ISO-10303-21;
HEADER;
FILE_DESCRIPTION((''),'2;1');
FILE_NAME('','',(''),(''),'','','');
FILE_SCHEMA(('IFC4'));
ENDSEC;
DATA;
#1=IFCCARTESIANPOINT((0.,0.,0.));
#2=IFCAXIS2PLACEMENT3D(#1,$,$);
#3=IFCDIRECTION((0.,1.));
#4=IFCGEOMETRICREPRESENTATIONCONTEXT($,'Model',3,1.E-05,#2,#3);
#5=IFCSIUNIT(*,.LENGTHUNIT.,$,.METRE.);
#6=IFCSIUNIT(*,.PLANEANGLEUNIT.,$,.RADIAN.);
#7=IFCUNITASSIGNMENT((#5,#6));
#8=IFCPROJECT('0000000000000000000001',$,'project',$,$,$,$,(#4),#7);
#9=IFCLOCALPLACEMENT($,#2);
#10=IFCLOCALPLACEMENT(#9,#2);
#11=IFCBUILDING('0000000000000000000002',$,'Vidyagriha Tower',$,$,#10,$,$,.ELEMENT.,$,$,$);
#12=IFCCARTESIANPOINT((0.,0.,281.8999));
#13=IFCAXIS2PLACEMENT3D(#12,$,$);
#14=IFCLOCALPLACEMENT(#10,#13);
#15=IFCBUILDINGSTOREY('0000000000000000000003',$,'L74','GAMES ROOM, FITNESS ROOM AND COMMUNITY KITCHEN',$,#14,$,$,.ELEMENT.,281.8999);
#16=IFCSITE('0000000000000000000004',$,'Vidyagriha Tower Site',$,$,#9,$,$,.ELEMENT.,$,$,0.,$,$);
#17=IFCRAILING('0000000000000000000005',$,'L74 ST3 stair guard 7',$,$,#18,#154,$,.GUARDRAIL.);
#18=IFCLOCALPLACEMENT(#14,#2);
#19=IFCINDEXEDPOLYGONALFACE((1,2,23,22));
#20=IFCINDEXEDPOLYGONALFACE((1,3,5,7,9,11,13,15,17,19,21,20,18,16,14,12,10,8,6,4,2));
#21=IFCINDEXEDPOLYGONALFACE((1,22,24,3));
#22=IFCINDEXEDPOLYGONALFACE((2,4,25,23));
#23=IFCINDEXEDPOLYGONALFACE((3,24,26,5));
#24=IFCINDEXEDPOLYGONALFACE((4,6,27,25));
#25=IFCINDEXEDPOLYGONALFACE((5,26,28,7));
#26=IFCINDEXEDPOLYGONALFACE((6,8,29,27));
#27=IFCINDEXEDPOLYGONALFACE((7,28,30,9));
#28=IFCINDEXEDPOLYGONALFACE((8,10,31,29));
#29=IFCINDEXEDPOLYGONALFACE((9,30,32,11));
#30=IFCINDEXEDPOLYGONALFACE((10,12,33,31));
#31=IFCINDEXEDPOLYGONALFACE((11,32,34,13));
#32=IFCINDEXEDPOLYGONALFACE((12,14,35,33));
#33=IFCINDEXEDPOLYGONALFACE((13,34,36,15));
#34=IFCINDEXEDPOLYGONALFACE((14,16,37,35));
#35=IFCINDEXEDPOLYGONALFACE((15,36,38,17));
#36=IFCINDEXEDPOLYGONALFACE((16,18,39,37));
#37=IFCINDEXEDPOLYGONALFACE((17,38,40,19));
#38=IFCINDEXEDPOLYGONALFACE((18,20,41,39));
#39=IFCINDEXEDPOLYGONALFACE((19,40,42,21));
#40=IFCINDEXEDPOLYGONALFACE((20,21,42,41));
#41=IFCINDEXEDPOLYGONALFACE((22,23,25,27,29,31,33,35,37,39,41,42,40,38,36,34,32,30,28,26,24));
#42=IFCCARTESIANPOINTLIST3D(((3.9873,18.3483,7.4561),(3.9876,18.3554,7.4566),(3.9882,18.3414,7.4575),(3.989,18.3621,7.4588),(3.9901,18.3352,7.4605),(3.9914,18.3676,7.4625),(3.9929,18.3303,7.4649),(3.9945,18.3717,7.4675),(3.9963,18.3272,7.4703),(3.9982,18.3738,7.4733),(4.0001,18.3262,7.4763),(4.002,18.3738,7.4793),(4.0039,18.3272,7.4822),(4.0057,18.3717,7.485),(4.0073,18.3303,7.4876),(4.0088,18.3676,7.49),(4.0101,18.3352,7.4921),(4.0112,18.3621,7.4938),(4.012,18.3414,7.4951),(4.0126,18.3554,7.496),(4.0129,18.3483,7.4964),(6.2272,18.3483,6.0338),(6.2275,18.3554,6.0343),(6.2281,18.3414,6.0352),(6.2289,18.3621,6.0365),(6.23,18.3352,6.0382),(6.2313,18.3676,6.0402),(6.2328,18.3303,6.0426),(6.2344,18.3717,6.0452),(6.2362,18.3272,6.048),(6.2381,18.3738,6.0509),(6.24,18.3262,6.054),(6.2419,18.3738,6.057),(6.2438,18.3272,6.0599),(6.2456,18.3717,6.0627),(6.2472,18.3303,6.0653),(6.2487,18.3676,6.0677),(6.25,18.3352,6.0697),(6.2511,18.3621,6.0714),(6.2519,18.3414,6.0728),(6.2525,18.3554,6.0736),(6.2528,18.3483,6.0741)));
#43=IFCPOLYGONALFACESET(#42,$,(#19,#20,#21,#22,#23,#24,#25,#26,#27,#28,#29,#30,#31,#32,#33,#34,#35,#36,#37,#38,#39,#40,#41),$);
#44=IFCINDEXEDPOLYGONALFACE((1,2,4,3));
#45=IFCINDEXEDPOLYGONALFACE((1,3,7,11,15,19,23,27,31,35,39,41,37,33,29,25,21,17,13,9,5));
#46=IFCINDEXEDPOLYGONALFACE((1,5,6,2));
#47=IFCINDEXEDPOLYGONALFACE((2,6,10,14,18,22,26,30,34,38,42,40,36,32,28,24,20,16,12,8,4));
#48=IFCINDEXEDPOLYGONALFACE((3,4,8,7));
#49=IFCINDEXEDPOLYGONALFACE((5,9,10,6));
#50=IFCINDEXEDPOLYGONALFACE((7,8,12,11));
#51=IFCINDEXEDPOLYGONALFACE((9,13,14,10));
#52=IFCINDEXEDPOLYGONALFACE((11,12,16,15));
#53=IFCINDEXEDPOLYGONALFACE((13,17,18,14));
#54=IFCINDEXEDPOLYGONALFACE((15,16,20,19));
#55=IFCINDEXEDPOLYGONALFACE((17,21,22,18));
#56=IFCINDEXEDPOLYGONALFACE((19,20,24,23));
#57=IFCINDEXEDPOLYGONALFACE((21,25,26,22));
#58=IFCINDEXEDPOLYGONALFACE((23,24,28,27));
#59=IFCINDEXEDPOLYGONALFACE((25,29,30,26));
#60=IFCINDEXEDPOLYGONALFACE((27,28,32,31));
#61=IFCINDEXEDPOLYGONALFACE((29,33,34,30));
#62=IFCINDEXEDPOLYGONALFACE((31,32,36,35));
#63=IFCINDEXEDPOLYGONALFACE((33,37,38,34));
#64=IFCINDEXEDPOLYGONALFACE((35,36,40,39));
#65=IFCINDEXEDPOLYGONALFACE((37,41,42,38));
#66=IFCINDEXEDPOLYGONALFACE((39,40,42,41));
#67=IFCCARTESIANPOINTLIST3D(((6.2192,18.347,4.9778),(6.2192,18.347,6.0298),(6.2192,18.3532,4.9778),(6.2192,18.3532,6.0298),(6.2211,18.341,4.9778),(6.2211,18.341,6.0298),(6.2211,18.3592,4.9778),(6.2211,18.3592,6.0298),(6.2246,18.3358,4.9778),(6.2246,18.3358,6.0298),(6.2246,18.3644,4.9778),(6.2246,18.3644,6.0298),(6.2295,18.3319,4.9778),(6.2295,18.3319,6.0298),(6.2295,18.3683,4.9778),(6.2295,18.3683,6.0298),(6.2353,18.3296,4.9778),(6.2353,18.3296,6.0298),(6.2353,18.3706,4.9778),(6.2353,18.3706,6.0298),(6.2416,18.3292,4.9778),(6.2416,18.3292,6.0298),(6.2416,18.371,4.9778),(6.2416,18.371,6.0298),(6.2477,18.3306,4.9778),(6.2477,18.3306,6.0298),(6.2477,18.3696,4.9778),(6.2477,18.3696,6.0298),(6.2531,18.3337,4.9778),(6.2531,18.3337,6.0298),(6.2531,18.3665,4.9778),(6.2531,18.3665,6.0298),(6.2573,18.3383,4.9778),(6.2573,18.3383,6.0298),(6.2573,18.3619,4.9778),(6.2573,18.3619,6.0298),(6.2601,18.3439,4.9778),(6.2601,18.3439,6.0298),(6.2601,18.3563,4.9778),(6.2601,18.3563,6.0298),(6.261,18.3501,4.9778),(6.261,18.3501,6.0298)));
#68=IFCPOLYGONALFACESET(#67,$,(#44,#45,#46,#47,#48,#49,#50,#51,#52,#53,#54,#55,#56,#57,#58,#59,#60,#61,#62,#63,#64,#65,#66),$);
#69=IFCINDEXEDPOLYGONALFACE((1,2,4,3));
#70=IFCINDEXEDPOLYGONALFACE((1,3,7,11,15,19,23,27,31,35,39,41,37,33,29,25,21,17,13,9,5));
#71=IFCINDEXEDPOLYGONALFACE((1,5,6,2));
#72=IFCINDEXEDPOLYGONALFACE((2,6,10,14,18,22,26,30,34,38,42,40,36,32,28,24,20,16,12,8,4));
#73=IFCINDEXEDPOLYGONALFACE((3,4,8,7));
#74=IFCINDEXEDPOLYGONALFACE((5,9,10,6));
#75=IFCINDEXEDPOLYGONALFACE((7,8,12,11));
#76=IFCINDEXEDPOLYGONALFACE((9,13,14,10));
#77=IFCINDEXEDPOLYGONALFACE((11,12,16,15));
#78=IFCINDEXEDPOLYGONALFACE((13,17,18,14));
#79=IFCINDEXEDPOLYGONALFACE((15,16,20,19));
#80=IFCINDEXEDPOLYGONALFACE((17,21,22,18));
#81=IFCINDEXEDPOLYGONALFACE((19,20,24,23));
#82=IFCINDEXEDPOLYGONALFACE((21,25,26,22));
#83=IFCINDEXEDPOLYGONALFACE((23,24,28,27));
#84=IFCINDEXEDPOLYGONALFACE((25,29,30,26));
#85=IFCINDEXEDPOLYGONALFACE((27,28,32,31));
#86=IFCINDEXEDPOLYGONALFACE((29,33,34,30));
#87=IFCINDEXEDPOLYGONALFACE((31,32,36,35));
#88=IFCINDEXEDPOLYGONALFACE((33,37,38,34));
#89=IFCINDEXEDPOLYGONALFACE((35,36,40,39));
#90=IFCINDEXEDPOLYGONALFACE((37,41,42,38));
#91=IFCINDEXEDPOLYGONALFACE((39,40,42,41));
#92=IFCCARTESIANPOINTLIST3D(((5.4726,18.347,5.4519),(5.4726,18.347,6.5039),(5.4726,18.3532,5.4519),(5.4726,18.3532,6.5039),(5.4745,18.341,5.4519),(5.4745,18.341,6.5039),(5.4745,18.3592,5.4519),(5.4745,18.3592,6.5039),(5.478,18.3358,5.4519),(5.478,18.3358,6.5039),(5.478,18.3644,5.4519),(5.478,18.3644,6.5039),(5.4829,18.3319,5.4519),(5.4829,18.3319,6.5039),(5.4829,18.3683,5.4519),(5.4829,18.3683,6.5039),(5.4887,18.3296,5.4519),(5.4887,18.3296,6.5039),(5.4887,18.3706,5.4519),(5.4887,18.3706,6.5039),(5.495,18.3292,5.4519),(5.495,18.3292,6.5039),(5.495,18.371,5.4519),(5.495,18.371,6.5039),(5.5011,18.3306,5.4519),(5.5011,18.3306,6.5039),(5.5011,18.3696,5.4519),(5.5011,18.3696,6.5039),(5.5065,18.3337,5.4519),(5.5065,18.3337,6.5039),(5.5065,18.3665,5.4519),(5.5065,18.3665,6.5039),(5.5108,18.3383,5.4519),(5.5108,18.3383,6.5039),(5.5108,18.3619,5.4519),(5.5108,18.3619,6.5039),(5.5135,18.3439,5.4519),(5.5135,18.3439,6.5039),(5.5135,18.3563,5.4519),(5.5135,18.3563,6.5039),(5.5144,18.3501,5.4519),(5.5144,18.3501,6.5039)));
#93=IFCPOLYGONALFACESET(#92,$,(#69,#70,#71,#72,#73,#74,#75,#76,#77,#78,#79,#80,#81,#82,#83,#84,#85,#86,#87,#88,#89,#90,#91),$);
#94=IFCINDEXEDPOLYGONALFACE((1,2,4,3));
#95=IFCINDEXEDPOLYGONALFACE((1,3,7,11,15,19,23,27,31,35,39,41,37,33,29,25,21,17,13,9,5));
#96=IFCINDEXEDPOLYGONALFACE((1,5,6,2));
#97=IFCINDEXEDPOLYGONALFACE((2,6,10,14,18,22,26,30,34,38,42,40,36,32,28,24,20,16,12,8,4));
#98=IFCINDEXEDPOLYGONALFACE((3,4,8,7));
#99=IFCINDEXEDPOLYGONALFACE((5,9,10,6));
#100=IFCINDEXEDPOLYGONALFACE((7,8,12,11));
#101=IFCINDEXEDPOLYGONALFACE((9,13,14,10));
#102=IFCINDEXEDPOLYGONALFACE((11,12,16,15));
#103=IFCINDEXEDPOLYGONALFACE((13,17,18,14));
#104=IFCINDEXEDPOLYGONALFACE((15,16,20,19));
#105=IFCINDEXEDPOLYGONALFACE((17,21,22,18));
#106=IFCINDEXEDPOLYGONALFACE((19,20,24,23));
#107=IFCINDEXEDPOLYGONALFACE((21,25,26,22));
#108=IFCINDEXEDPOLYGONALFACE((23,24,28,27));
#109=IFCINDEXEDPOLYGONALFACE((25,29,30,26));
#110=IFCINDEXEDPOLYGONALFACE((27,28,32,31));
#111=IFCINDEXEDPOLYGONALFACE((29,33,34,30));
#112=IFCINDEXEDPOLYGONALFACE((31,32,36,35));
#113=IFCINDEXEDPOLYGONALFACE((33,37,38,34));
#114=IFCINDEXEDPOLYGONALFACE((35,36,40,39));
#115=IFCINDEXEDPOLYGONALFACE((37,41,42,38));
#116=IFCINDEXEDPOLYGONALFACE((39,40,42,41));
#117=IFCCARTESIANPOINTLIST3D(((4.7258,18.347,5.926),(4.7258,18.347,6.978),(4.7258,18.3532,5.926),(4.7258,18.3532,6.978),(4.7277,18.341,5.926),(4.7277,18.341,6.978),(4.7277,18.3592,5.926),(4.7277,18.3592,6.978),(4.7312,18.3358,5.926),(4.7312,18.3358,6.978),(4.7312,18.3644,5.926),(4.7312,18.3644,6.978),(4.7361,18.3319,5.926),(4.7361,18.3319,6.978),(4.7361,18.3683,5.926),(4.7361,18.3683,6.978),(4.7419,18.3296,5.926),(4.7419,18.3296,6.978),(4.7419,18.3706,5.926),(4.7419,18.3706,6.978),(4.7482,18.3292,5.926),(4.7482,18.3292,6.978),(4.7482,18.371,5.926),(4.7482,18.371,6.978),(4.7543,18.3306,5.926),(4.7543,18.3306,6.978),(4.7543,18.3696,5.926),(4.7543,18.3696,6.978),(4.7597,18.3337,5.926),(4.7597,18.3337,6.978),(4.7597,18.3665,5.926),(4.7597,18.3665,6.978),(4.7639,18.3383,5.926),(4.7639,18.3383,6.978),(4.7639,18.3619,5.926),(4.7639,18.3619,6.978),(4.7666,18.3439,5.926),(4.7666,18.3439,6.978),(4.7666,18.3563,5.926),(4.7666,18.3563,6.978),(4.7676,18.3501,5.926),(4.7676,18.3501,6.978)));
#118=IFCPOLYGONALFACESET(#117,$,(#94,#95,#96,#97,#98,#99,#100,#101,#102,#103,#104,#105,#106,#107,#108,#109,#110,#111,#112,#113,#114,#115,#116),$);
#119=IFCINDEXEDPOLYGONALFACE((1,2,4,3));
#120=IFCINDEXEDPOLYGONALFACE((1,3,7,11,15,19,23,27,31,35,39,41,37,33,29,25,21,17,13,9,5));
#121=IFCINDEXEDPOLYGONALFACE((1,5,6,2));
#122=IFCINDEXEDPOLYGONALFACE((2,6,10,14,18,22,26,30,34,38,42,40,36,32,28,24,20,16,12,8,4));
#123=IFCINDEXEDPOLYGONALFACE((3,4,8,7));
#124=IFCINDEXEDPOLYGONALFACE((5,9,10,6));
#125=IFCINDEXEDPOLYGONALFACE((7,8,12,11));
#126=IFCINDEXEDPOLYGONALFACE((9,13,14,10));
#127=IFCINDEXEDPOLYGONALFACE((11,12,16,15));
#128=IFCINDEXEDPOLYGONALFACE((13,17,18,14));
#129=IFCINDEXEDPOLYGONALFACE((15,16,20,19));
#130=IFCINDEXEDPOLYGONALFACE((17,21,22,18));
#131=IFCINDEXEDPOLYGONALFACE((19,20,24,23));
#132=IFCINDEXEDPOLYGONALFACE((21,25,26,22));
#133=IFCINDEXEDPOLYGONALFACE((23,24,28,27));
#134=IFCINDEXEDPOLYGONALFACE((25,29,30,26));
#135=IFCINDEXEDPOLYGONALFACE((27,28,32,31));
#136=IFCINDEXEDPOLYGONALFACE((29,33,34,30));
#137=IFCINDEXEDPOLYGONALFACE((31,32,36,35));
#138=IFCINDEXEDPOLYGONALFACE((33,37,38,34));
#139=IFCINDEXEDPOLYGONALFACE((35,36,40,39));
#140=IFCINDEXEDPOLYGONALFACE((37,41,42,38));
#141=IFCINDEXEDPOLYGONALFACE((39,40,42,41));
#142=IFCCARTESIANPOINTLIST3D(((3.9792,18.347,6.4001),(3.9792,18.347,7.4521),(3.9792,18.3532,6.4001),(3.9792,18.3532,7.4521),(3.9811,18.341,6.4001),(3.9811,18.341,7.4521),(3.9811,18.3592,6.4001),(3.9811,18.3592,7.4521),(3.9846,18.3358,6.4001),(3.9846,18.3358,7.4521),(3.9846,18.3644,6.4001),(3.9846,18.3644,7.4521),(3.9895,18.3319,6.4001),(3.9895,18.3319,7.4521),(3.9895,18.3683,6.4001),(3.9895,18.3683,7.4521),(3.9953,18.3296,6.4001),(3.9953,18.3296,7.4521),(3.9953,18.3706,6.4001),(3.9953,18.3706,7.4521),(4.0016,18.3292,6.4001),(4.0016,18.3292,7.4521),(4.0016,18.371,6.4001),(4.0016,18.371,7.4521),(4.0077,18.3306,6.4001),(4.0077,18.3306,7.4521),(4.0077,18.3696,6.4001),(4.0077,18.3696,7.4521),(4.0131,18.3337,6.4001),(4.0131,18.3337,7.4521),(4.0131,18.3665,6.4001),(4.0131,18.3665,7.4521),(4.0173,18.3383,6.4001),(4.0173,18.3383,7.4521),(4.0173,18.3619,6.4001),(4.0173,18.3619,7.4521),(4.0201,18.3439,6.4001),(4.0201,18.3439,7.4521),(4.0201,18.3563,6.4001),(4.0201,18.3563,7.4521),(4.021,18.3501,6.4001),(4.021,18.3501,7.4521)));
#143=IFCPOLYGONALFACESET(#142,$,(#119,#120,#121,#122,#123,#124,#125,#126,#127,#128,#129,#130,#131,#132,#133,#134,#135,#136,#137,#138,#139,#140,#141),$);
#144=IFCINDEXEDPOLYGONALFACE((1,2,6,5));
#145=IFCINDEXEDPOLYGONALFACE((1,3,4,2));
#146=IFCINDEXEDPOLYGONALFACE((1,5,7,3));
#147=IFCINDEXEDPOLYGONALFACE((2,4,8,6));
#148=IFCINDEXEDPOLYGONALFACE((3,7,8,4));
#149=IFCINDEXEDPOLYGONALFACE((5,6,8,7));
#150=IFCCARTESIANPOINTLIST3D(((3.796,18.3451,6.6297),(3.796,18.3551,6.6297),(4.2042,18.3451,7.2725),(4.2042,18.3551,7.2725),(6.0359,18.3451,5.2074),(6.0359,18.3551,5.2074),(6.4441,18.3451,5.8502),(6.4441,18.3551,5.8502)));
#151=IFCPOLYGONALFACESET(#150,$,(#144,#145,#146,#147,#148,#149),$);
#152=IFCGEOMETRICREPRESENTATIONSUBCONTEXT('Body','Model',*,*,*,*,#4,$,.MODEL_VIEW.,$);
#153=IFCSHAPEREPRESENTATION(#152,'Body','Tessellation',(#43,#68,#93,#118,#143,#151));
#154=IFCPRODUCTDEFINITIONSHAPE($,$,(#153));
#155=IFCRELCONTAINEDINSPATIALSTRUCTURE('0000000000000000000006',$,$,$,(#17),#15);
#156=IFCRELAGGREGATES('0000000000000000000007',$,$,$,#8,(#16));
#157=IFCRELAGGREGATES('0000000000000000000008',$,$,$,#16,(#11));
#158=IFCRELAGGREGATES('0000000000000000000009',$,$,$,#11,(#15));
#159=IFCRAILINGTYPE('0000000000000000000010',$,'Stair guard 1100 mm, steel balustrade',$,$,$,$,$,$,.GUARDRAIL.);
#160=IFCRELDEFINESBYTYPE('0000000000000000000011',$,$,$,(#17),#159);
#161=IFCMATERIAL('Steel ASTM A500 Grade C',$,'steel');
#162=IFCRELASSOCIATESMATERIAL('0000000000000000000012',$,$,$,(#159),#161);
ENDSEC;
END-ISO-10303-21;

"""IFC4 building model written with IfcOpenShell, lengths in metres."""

from ifc_helpers import new_model, si_unit, direction, frame, origin, origin_2d, place, context, subcontext, project, spatial, rectangle, circle, extrude, material, type_object, element, save


model = new_model("IFC4")

# Units and contexts
model_context = context("Model", 3, precision=1e-05, world=origin(), true_north=direction((0.0, 1.0)))
body_context = subcontext(model_context, "Body", "Model", "MODEL_VIEW")
ifc_project = project(units=[si_unit("LENGTHUNIT", "METRE"), si_unit("PLANEANGLEUNIT", "RADIAN")], contexts=[model_context])

# Site, building, storey
site_placement = place(None, origin())
site = spatial("IfcSite", under=ifc_project, at=site_placement, Name="Vidyagriha Tower Site", CompositionType="ELEMENT", RefElevation=0.0)
building_placement = place(site_placement, origin())
building = spatial("IfcBuilding", under=site, at=building_placement, Name="Vidyagriha Tower", CompositionType="ELEMENT")
storey_placement = place(building_placement, frame((0.0, 0.0, 281.8999)))
storey = spatial("IfcBuildingStorey", under=building, at=storey_placement, Name="L74", Description="GAMES ROOM, FITNESS ROOM AND COMMUNITY KITCHEN", CompositionType="ELEMENT", Elevation=281.8999)

# Railing
ifc_material_1 = material(Name="Steel ASTM A500 Grade C", Category="steel")
railing_type_1 = type_object("IfcRailingType", Name="Stair guard 1100 mm, steel balustrade", PredefinedType="GUARDRAIL", material=ifc_material_1)
railing_1_placement = place(storey_placement, frame((6.24, 18.3501, 4.9778)))
element("IfcRailing", 1, at=railing_1_placement, inside=storey, type_object=railing_type_1, Name="L74 ST3 stair guard 7", PredefinedType="GUARDRAIL", context=body_context, shape_type="SweptSolid", body=[
    extrude(circle(Radius=0.0239, at=origin_2d()), frame((0.0, 0.0, 1.0762), z_axis=(-0.844188, 0.0, 0.536048), x_axis=(0.0, -1.0, 0.0)), (0.0, 0.0, 1.0), 2.6533),
    extrude(circle(Radius=0.021, at=origin_2d()), origin(), (0.0, 0.0, 1.0), 1.052),
    extrude(circle(Radius=0.021, at=origin_2d()), frame((-0.7466, 0.0, 0.4741)), (0.0, 0.0, 1.0), 1.052),
    extrude(circle(Radius=0.021, at=origin_2d()), frame((-1.4934, 0.0, 0.9482)), (0.0, 0.0, 1.0), 1.052),
    extrude(circle(Radius=0.021, at=origin_2d()), frame((-2.24, 0.0, 1.4224)), (0.0, 0.0, 1.0), 1.052),
    extrude(rectangle(XDim=0.01, YDim=0.7615, at=origin_2d()), frame((0.0, 0.0, 0.551), z_axis=(-0.844188, 0.0, 0.536048), x_axis=(0.0, -1.0, 0.0)), (0.0, 0.0, 1.0), 2.6533),
])

save(model, "model.ifc")
